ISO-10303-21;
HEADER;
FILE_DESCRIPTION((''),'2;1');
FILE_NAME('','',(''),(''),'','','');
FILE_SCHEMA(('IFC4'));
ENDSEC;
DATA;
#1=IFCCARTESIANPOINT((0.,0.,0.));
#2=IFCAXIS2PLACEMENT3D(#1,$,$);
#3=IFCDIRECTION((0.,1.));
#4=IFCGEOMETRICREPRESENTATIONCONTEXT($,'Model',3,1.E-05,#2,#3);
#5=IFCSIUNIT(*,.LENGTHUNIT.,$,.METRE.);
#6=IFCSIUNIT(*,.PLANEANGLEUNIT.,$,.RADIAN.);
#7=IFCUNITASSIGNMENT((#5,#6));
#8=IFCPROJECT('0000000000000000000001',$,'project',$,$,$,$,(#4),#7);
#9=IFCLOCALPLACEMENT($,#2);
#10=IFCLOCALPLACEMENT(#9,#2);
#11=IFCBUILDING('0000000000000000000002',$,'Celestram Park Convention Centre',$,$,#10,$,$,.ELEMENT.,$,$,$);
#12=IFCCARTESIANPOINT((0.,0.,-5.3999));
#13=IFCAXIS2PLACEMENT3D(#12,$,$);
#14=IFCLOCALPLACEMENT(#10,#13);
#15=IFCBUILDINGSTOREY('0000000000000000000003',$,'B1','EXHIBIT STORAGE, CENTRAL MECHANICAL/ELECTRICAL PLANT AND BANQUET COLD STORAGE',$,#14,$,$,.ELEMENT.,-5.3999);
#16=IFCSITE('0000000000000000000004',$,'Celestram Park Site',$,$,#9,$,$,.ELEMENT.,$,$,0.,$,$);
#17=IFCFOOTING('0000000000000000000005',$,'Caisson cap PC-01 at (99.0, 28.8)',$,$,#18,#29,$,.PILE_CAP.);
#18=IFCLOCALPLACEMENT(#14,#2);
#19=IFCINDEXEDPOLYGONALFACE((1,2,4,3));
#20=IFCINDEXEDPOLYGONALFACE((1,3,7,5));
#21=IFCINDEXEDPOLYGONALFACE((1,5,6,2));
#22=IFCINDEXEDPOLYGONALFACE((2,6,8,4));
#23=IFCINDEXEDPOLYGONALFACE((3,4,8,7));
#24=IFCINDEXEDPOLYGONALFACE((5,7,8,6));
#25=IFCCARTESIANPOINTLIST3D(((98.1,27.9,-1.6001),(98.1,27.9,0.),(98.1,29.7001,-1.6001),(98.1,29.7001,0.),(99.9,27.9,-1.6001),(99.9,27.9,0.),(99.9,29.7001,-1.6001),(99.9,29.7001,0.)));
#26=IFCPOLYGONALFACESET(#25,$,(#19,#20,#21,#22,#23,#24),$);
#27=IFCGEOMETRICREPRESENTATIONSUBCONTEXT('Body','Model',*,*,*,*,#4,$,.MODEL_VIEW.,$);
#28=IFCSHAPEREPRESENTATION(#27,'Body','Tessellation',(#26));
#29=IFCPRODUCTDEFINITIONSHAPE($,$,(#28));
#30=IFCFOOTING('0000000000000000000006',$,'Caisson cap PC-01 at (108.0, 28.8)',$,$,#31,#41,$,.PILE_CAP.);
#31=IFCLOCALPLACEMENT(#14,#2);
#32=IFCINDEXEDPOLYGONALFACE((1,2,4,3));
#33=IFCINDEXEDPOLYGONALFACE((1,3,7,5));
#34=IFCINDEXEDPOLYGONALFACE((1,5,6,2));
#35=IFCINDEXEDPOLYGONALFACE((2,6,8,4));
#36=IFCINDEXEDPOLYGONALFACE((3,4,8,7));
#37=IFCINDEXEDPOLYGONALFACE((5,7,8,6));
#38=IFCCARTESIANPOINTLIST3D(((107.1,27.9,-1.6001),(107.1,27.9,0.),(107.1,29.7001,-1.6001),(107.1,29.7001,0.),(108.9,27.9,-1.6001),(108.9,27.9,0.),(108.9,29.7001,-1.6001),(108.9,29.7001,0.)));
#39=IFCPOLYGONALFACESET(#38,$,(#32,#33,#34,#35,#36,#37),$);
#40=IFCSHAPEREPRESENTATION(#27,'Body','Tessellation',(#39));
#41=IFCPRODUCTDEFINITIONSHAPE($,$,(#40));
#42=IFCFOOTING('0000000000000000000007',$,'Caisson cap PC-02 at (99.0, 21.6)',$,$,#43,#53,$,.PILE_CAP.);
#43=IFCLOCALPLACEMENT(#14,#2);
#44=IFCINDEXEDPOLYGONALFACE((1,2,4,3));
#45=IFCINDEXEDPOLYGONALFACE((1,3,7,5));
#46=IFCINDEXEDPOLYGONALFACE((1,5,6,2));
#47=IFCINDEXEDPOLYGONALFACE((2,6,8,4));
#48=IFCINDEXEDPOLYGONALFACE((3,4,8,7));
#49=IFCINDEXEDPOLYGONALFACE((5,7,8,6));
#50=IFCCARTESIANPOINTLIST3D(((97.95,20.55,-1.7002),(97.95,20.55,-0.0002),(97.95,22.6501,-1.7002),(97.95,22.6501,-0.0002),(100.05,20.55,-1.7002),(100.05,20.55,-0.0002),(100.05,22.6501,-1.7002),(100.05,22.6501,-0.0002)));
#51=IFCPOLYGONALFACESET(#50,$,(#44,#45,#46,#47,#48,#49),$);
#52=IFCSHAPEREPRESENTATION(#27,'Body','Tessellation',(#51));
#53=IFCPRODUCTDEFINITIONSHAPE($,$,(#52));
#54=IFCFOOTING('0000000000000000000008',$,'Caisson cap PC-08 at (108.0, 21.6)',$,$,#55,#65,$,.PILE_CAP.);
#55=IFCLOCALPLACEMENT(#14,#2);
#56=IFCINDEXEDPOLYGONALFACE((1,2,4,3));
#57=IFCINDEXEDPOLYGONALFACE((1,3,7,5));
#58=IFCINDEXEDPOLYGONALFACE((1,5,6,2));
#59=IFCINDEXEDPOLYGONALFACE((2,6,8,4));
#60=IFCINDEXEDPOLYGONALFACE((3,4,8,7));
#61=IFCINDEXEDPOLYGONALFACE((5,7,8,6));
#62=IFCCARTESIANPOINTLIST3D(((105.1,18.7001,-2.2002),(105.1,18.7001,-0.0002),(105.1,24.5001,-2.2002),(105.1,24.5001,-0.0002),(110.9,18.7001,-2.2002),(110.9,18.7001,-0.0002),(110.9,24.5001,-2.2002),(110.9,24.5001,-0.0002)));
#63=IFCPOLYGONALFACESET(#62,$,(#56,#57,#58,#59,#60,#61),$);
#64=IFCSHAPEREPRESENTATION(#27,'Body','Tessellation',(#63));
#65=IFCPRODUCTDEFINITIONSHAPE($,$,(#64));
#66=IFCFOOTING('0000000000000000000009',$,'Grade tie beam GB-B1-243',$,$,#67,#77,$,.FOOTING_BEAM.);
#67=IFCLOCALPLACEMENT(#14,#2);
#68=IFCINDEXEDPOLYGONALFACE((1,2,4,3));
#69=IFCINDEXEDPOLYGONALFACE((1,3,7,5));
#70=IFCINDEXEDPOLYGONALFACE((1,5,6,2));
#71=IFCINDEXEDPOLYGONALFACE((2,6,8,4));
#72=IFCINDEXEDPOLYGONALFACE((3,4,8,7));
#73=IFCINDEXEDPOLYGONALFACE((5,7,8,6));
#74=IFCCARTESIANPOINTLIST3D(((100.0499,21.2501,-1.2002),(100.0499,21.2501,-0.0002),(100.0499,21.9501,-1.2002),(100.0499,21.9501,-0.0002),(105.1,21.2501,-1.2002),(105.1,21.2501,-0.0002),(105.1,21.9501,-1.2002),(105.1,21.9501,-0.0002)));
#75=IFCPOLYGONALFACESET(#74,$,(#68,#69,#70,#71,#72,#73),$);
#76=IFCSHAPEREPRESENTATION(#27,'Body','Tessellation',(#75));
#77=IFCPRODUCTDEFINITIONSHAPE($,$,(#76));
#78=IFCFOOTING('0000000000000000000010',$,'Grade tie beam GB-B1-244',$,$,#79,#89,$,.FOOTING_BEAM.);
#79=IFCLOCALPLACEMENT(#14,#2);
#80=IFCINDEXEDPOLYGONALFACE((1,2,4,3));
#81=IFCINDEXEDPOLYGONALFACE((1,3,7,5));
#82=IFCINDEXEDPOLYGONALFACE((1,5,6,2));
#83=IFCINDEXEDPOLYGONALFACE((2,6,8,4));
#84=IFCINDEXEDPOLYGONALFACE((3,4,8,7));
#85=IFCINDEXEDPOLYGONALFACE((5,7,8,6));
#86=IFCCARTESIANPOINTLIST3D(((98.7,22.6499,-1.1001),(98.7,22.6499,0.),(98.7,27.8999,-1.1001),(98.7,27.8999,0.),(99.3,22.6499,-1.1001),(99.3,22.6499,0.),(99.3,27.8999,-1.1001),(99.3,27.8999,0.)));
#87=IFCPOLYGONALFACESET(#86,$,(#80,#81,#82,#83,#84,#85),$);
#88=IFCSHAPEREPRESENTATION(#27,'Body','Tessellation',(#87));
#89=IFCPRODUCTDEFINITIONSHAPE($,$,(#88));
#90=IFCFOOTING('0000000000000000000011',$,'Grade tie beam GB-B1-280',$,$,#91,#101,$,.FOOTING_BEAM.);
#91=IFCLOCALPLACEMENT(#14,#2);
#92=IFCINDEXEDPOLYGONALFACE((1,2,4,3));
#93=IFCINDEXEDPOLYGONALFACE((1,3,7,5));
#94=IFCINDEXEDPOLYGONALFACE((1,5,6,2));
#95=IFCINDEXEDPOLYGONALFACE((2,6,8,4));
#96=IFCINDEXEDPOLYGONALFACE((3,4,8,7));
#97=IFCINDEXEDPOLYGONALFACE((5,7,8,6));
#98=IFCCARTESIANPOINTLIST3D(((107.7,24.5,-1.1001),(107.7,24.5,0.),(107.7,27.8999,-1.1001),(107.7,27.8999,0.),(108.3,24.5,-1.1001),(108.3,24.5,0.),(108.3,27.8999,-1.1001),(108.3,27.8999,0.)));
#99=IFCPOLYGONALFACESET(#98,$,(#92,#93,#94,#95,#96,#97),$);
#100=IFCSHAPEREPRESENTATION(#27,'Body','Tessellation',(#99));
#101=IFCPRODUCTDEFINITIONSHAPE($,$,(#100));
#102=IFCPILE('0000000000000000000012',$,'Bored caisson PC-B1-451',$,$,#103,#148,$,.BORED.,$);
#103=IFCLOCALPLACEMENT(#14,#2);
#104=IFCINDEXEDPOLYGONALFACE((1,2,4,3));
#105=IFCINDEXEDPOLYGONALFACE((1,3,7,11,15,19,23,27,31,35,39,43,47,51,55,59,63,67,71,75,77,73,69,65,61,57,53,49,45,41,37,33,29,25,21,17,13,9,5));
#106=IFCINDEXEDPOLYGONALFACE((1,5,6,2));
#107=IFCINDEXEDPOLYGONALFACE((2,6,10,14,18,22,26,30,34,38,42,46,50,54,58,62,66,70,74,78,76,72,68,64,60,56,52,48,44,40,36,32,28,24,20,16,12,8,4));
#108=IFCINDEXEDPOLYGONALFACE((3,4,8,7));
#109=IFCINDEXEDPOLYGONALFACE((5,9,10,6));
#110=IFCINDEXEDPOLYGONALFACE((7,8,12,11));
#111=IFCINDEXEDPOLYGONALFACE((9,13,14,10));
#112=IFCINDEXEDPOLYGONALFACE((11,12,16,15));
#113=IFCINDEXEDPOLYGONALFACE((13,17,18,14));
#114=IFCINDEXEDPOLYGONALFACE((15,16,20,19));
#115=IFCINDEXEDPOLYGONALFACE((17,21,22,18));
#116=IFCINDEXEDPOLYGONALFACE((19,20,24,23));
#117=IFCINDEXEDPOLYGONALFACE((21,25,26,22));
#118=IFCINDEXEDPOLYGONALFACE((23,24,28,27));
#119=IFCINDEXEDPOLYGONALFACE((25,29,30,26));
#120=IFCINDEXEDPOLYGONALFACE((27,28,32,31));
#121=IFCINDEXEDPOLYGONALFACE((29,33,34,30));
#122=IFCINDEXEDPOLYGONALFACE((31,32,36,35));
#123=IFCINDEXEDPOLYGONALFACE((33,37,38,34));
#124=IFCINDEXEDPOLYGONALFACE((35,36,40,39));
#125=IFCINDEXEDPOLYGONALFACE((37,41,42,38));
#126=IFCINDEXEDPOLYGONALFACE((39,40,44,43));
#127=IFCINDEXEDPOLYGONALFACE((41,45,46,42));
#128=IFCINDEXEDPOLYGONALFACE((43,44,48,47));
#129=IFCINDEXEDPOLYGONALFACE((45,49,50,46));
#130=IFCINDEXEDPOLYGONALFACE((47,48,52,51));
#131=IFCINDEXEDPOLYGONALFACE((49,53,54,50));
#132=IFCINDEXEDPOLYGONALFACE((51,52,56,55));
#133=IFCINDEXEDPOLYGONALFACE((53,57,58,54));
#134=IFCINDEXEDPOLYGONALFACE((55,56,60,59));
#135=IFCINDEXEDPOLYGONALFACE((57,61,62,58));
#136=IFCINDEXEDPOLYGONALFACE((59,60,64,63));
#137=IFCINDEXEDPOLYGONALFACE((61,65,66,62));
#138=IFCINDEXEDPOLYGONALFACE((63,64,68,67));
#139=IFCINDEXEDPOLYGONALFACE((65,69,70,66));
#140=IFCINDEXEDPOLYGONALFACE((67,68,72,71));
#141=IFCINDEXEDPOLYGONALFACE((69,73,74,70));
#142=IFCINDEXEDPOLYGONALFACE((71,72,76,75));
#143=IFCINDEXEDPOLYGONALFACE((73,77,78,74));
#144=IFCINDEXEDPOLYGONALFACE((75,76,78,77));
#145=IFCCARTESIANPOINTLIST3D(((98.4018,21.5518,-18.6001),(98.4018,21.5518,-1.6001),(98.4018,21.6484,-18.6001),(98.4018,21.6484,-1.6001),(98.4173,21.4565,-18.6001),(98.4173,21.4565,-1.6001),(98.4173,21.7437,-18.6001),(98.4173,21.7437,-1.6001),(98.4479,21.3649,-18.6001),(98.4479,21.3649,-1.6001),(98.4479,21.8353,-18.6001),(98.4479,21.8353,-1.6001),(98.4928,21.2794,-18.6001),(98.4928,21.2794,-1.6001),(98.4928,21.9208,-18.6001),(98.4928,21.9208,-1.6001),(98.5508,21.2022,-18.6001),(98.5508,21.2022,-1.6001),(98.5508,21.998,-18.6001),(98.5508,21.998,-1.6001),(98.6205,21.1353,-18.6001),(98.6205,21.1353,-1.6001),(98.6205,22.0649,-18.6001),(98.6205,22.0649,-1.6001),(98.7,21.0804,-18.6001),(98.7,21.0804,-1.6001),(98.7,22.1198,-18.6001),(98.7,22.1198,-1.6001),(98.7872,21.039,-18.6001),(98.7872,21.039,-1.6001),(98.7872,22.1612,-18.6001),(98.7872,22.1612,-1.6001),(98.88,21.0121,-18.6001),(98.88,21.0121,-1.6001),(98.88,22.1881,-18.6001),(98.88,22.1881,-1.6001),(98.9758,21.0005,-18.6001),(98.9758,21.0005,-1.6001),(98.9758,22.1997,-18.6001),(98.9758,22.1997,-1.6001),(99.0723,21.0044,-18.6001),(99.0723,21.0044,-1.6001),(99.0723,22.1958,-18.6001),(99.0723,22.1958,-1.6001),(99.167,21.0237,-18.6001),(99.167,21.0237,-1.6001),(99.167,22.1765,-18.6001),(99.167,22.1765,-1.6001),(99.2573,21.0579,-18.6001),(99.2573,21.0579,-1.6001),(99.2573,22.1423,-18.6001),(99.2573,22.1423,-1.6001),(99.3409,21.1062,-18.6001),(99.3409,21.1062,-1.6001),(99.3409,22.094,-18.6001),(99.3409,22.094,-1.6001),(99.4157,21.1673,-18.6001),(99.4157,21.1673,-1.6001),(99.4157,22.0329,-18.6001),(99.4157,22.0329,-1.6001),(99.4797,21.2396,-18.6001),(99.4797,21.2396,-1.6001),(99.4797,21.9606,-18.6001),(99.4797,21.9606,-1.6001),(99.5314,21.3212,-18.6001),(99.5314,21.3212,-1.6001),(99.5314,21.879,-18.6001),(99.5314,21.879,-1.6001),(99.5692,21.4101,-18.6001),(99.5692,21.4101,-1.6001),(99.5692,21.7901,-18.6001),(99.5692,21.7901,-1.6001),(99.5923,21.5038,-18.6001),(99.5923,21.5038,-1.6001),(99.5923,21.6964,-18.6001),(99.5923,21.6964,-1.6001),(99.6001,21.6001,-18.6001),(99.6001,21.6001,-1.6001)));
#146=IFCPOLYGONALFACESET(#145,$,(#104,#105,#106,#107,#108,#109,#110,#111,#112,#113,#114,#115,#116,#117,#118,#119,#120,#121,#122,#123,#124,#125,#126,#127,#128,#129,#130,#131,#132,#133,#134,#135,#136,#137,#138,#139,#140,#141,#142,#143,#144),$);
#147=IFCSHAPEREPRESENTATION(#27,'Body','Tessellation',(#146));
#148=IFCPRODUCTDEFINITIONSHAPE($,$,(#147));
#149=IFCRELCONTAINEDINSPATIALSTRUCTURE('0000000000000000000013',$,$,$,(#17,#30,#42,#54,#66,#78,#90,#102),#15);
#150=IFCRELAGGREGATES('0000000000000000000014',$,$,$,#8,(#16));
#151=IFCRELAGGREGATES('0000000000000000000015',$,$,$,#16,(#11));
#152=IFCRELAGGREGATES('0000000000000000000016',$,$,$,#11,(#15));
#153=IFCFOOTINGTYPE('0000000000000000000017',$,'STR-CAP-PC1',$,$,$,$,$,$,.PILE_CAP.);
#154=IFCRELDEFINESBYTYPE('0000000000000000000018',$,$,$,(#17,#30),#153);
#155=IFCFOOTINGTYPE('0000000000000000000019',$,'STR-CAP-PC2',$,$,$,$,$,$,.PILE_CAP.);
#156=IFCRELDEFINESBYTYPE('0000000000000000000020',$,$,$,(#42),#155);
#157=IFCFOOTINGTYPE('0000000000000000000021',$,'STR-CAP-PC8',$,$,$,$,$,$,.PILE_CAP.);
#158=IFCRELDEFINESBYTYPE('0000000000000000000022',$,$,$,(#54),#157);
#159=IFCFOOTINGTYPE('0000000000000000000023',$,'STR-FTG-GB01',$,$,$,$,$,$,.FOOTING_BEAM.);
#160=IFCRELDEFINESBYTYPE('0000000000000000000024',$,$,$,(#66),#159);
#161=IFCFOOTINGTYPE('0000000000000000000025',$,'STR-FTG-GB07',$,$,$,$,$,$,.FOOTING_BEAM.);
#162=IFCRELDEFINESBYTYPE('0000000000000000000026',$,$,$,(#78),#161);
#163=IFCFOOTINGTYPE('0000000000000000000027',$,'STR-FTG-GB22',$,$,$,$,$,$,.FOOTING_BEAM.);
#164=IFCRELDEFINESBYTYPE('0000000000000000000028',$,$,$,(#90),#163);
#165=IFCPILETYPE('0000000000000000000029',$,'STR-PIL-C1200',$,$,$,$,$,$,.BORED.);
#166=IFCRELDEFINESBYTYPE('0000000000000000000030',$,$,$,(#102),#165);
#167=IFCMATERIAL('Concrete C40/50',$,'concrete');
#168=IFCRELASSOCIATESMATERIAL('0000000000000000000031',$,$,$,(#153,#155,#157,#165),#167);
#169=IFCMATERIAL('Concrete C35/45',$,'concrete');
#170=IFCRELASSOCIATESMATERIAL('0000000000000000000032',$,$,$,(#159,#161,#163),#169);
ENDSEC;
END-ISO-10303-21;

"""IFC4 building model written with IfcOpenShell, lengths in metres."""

from ifc_helpers import new_model, si_unit, direction, frame, origin, origin_2d, place, context, subcontext, project, spatial, rectangle, circle, extrude, material, material_profile, profile_set, type_object, element, save


model = new_model("IFC4")

# Units and contexts
model_context = context("Model", 3, precision=1e-05, world=origin(), true_north=direction((0.0, 1.0)))
body_context = subcontext(model_context, "Body", "Model", "MODEL_VIEW")
ifc_project = project(units=[si_unit("LENGTHUNIT", "METRE"), si_unit("PLANEANGLEUNIT", "RADIAN")], contexts=[model_context])

# Site, building, storey
site_placement = place(None, origin())
site = spatial("IfcSite", under=ifc_project, at=site_placement, Name="Celestram Park Site", CompositionType="ELEMENT", RefElevation=0.0)
building_placement = place(site_placement, origin())
building = spatial("IfcBuilding", under=site, at=building_placement, Name="Celestram Park Convention Centre", CompositionType="ELEMENT")
storey_placement = place(building_placement, frame((0.0, 0.0, -5.3999)))
storey = spatial("IfcBuildingStorey", under=building, at=storey_placement, Name="B1", Description="EXHIBIT STORAGE, CENTRAL MECHANICAL/ELECTRICAL PLANT AND BANQUET COLD STORAGE", CompositionType="ELEMENT", Elevation=-5.3999)

# Footings
ifc_material_1 = material(Name="Concrete C40/50", Category="concrete")
footing_type_1 = type_object("IfcFootingType", Name="STR-CAP-PC1", PredefinedType="PILE_CAP", material=ifc_material_1)
for number, where, z_axis, x_axis, name in (
    (1, (99.0, 28.8, -1.6001), (0.0, 0.0, 1.0), (1.0, 0.0, 0.0), "Caisson cap PC-01 at (99.0, 28.8)"),
    (2, (108.0, 28.8, -1.6001), (0.0, 0.0, 1.0), (1.0, 0.0, 0.0), "Caisson cap PC-01 at (108.0, 28.8)"),
):
    element("IfcFooting", number, at=place(storey_placement, frame(where, z_axis=z_axis, x_axis=x_axis)), inside=storey, type_object=footing_type_1, Name=name, PredefinedType="PILE_CAP", context=body_context, shape_type="SweptSolid", body=[
        extrude(rectangle(XDim=1.8, YDim=1.8, at=origin_2d()), origin(), (0.0, 0.0, 1.0), 1.6001),
    ])
footing_type_2 = type_object("IfcFootingType", Name="STR-CAP-PC2", PredefinedType="PILE_CAP", material=ifc_material_1)
footing_1_placement = place(storey_placement, frame((99.0, 21.6001, -1.7002), z_axis=(0.0, 0.0, 1.0), x_axis=(1.0, 0.0, 0.0)))
element("IfcFooting", 3, at=footing_1_placement, inside=storey, type_object=footing_type_2, Name="Caisson cap PC-02 at (99.0, 21.6)", PredefinedType="PILE_CAP", context=body_context, shape_type="SweptSolid", body=[
    extrude(rectangle(XDim=2.1001, YDim=2.1001, at=origin_2d()), origin(), (0.0, 0.0, 1.0), 1.7),
])
footing_type_3 = type_object("IfcFootingType", Name="STR-CAP-PC8", PredefinedType="PILE_CAP", material=ifc_material_1)
footing_2_placement = place(storey_placement, frame((108.0, 21.6001, -2.2002), z_axis=(0.0, 0.0, 1.0), x_axis=(1.0, 0.0, 0.0)))
element("IfcFooting", 4, at=footing_2_placement, inside=storey, type_object=footing_type_3, Name="Caisson cap PC-08 at (108.0, 21.6)", PredefinedType="PILE_CAP", context=body_context, shape_type="SweptSolid", body=[
    extrude(rectangle(XDim=5.8, YDim=5.8, at=origin_2d()), origin(), (0.0, 0.0, 1.0), 2.2),
])
ifc_material_2 = material(Name="Concrete C35/45", Category="concrete")
footing_type_4 = type_object("IfcFootingType", Name="STR-FTG-GB01", PredefinedType="FOOTING_BEAM", material=ifc_material_2)
footing_3_placement = place(storey_placement, frame((102.575, 21.6001, -1.2002), z_axis=(0.0, 0.0, 1.0), x_axis=(1.0, 0.0, 0.0)))
element("IfcFooting", 5, at=footing_3_placement, inside=storey, type_object=footing_type_4, Name="Grade tie beam GB-B1-243", PredefinedType="FOOTING_BEAM", context=body_context, shape_type="SweptSolid", body=[
    extrude(rectangle(XDim=5.05, YDim=0.7, at=origin_2d()), origin(), (0.0, 0.0, 1.0), 1.2),
])
footing_type_5 = type_object("IfcFootingType", Name="STR-FTG-GB07", PredefinedType="FOOTING_BEAM", material=ifc_material_2)
footing_4_placement = place(storey_placement, frame((99.0, 25.2749, -1.1001), z_axis=(0.0, 0.0, 1.0), x_axis=(0.0, 1.0, 0.0)))
element("IfcFooting", 6, at=footing_4_placement, inside=storey, type_object=footing_type_5, Name="Grade tie beam GB-B1-244", PredefinedType="FOOTING_BEAM", context=body_context, shape_type="SweptSolid", body=[
    extrude(rectangle(XDim=5.25, YDim=0.6001, at=origin_2d()), origin(), (0.0, 0.0, 1.0), 1.1001),
])
footing_type_6 = type_object("IfcFootingType", Name="STR-FTG-GB22", PredefinedType="FOOTING_BEAM", material=ifc_material_2)
footing_5_placement = place(storey_placement, frame((108.0, 26.2, -1.1001), z_axis=(0.0, 0.0, 1.0), x_axis=(0.0, 1.0, 0.0)))
element("IfcFooting", 7, at=footing_5_placement, inside=storey, type_object=footing_type_6, Name="Grade tie beam GB-B1-280", PredefinedType="FOOTING_BEAM", context=body_context, shape_type="SweptSolid", body=[
    extrude(rectangle(XDim=3.3999, YDim=0.6001, at=origin_2d()), origin(), (0.0, 0.0, 1.0), 1.1001),
])

# Pile
ifc_material_profile_1 = material_profile(ifc_material_1, circle(Radius=0.6001, at=origin_2d()), Name="CAISSON1200")
ifc_profile_set_1 = profile_set([ifc_material_profile_1], Name="Concrete C40/50")
pile_type_1 = type_object("IfcPileType", Name="STR-PIL-C1200", PredefinedType="BORED", material=ifc_profile_set_1)
pile_placement = place(storey_placement, frame((99.0, 21.6001, -1.6001), z_axis=(0.0, 0.0, -1.0), x_axis=(1.0, 0.0, 0.0)))
element("IfcPile", 8, at=pile_placement, inside=storey, type_object=pile_type_1, Name="Bored caisson PC-B1-451", PredefinedType="BORED", context=body_context, shape_type="SweptSolid", body=[
    extrude(circle(Radius=0.6001, at=origin_2d()), origin(), (0.0, 0.0, 1.0), 17.0),
])

save(model, "model.ifc")
